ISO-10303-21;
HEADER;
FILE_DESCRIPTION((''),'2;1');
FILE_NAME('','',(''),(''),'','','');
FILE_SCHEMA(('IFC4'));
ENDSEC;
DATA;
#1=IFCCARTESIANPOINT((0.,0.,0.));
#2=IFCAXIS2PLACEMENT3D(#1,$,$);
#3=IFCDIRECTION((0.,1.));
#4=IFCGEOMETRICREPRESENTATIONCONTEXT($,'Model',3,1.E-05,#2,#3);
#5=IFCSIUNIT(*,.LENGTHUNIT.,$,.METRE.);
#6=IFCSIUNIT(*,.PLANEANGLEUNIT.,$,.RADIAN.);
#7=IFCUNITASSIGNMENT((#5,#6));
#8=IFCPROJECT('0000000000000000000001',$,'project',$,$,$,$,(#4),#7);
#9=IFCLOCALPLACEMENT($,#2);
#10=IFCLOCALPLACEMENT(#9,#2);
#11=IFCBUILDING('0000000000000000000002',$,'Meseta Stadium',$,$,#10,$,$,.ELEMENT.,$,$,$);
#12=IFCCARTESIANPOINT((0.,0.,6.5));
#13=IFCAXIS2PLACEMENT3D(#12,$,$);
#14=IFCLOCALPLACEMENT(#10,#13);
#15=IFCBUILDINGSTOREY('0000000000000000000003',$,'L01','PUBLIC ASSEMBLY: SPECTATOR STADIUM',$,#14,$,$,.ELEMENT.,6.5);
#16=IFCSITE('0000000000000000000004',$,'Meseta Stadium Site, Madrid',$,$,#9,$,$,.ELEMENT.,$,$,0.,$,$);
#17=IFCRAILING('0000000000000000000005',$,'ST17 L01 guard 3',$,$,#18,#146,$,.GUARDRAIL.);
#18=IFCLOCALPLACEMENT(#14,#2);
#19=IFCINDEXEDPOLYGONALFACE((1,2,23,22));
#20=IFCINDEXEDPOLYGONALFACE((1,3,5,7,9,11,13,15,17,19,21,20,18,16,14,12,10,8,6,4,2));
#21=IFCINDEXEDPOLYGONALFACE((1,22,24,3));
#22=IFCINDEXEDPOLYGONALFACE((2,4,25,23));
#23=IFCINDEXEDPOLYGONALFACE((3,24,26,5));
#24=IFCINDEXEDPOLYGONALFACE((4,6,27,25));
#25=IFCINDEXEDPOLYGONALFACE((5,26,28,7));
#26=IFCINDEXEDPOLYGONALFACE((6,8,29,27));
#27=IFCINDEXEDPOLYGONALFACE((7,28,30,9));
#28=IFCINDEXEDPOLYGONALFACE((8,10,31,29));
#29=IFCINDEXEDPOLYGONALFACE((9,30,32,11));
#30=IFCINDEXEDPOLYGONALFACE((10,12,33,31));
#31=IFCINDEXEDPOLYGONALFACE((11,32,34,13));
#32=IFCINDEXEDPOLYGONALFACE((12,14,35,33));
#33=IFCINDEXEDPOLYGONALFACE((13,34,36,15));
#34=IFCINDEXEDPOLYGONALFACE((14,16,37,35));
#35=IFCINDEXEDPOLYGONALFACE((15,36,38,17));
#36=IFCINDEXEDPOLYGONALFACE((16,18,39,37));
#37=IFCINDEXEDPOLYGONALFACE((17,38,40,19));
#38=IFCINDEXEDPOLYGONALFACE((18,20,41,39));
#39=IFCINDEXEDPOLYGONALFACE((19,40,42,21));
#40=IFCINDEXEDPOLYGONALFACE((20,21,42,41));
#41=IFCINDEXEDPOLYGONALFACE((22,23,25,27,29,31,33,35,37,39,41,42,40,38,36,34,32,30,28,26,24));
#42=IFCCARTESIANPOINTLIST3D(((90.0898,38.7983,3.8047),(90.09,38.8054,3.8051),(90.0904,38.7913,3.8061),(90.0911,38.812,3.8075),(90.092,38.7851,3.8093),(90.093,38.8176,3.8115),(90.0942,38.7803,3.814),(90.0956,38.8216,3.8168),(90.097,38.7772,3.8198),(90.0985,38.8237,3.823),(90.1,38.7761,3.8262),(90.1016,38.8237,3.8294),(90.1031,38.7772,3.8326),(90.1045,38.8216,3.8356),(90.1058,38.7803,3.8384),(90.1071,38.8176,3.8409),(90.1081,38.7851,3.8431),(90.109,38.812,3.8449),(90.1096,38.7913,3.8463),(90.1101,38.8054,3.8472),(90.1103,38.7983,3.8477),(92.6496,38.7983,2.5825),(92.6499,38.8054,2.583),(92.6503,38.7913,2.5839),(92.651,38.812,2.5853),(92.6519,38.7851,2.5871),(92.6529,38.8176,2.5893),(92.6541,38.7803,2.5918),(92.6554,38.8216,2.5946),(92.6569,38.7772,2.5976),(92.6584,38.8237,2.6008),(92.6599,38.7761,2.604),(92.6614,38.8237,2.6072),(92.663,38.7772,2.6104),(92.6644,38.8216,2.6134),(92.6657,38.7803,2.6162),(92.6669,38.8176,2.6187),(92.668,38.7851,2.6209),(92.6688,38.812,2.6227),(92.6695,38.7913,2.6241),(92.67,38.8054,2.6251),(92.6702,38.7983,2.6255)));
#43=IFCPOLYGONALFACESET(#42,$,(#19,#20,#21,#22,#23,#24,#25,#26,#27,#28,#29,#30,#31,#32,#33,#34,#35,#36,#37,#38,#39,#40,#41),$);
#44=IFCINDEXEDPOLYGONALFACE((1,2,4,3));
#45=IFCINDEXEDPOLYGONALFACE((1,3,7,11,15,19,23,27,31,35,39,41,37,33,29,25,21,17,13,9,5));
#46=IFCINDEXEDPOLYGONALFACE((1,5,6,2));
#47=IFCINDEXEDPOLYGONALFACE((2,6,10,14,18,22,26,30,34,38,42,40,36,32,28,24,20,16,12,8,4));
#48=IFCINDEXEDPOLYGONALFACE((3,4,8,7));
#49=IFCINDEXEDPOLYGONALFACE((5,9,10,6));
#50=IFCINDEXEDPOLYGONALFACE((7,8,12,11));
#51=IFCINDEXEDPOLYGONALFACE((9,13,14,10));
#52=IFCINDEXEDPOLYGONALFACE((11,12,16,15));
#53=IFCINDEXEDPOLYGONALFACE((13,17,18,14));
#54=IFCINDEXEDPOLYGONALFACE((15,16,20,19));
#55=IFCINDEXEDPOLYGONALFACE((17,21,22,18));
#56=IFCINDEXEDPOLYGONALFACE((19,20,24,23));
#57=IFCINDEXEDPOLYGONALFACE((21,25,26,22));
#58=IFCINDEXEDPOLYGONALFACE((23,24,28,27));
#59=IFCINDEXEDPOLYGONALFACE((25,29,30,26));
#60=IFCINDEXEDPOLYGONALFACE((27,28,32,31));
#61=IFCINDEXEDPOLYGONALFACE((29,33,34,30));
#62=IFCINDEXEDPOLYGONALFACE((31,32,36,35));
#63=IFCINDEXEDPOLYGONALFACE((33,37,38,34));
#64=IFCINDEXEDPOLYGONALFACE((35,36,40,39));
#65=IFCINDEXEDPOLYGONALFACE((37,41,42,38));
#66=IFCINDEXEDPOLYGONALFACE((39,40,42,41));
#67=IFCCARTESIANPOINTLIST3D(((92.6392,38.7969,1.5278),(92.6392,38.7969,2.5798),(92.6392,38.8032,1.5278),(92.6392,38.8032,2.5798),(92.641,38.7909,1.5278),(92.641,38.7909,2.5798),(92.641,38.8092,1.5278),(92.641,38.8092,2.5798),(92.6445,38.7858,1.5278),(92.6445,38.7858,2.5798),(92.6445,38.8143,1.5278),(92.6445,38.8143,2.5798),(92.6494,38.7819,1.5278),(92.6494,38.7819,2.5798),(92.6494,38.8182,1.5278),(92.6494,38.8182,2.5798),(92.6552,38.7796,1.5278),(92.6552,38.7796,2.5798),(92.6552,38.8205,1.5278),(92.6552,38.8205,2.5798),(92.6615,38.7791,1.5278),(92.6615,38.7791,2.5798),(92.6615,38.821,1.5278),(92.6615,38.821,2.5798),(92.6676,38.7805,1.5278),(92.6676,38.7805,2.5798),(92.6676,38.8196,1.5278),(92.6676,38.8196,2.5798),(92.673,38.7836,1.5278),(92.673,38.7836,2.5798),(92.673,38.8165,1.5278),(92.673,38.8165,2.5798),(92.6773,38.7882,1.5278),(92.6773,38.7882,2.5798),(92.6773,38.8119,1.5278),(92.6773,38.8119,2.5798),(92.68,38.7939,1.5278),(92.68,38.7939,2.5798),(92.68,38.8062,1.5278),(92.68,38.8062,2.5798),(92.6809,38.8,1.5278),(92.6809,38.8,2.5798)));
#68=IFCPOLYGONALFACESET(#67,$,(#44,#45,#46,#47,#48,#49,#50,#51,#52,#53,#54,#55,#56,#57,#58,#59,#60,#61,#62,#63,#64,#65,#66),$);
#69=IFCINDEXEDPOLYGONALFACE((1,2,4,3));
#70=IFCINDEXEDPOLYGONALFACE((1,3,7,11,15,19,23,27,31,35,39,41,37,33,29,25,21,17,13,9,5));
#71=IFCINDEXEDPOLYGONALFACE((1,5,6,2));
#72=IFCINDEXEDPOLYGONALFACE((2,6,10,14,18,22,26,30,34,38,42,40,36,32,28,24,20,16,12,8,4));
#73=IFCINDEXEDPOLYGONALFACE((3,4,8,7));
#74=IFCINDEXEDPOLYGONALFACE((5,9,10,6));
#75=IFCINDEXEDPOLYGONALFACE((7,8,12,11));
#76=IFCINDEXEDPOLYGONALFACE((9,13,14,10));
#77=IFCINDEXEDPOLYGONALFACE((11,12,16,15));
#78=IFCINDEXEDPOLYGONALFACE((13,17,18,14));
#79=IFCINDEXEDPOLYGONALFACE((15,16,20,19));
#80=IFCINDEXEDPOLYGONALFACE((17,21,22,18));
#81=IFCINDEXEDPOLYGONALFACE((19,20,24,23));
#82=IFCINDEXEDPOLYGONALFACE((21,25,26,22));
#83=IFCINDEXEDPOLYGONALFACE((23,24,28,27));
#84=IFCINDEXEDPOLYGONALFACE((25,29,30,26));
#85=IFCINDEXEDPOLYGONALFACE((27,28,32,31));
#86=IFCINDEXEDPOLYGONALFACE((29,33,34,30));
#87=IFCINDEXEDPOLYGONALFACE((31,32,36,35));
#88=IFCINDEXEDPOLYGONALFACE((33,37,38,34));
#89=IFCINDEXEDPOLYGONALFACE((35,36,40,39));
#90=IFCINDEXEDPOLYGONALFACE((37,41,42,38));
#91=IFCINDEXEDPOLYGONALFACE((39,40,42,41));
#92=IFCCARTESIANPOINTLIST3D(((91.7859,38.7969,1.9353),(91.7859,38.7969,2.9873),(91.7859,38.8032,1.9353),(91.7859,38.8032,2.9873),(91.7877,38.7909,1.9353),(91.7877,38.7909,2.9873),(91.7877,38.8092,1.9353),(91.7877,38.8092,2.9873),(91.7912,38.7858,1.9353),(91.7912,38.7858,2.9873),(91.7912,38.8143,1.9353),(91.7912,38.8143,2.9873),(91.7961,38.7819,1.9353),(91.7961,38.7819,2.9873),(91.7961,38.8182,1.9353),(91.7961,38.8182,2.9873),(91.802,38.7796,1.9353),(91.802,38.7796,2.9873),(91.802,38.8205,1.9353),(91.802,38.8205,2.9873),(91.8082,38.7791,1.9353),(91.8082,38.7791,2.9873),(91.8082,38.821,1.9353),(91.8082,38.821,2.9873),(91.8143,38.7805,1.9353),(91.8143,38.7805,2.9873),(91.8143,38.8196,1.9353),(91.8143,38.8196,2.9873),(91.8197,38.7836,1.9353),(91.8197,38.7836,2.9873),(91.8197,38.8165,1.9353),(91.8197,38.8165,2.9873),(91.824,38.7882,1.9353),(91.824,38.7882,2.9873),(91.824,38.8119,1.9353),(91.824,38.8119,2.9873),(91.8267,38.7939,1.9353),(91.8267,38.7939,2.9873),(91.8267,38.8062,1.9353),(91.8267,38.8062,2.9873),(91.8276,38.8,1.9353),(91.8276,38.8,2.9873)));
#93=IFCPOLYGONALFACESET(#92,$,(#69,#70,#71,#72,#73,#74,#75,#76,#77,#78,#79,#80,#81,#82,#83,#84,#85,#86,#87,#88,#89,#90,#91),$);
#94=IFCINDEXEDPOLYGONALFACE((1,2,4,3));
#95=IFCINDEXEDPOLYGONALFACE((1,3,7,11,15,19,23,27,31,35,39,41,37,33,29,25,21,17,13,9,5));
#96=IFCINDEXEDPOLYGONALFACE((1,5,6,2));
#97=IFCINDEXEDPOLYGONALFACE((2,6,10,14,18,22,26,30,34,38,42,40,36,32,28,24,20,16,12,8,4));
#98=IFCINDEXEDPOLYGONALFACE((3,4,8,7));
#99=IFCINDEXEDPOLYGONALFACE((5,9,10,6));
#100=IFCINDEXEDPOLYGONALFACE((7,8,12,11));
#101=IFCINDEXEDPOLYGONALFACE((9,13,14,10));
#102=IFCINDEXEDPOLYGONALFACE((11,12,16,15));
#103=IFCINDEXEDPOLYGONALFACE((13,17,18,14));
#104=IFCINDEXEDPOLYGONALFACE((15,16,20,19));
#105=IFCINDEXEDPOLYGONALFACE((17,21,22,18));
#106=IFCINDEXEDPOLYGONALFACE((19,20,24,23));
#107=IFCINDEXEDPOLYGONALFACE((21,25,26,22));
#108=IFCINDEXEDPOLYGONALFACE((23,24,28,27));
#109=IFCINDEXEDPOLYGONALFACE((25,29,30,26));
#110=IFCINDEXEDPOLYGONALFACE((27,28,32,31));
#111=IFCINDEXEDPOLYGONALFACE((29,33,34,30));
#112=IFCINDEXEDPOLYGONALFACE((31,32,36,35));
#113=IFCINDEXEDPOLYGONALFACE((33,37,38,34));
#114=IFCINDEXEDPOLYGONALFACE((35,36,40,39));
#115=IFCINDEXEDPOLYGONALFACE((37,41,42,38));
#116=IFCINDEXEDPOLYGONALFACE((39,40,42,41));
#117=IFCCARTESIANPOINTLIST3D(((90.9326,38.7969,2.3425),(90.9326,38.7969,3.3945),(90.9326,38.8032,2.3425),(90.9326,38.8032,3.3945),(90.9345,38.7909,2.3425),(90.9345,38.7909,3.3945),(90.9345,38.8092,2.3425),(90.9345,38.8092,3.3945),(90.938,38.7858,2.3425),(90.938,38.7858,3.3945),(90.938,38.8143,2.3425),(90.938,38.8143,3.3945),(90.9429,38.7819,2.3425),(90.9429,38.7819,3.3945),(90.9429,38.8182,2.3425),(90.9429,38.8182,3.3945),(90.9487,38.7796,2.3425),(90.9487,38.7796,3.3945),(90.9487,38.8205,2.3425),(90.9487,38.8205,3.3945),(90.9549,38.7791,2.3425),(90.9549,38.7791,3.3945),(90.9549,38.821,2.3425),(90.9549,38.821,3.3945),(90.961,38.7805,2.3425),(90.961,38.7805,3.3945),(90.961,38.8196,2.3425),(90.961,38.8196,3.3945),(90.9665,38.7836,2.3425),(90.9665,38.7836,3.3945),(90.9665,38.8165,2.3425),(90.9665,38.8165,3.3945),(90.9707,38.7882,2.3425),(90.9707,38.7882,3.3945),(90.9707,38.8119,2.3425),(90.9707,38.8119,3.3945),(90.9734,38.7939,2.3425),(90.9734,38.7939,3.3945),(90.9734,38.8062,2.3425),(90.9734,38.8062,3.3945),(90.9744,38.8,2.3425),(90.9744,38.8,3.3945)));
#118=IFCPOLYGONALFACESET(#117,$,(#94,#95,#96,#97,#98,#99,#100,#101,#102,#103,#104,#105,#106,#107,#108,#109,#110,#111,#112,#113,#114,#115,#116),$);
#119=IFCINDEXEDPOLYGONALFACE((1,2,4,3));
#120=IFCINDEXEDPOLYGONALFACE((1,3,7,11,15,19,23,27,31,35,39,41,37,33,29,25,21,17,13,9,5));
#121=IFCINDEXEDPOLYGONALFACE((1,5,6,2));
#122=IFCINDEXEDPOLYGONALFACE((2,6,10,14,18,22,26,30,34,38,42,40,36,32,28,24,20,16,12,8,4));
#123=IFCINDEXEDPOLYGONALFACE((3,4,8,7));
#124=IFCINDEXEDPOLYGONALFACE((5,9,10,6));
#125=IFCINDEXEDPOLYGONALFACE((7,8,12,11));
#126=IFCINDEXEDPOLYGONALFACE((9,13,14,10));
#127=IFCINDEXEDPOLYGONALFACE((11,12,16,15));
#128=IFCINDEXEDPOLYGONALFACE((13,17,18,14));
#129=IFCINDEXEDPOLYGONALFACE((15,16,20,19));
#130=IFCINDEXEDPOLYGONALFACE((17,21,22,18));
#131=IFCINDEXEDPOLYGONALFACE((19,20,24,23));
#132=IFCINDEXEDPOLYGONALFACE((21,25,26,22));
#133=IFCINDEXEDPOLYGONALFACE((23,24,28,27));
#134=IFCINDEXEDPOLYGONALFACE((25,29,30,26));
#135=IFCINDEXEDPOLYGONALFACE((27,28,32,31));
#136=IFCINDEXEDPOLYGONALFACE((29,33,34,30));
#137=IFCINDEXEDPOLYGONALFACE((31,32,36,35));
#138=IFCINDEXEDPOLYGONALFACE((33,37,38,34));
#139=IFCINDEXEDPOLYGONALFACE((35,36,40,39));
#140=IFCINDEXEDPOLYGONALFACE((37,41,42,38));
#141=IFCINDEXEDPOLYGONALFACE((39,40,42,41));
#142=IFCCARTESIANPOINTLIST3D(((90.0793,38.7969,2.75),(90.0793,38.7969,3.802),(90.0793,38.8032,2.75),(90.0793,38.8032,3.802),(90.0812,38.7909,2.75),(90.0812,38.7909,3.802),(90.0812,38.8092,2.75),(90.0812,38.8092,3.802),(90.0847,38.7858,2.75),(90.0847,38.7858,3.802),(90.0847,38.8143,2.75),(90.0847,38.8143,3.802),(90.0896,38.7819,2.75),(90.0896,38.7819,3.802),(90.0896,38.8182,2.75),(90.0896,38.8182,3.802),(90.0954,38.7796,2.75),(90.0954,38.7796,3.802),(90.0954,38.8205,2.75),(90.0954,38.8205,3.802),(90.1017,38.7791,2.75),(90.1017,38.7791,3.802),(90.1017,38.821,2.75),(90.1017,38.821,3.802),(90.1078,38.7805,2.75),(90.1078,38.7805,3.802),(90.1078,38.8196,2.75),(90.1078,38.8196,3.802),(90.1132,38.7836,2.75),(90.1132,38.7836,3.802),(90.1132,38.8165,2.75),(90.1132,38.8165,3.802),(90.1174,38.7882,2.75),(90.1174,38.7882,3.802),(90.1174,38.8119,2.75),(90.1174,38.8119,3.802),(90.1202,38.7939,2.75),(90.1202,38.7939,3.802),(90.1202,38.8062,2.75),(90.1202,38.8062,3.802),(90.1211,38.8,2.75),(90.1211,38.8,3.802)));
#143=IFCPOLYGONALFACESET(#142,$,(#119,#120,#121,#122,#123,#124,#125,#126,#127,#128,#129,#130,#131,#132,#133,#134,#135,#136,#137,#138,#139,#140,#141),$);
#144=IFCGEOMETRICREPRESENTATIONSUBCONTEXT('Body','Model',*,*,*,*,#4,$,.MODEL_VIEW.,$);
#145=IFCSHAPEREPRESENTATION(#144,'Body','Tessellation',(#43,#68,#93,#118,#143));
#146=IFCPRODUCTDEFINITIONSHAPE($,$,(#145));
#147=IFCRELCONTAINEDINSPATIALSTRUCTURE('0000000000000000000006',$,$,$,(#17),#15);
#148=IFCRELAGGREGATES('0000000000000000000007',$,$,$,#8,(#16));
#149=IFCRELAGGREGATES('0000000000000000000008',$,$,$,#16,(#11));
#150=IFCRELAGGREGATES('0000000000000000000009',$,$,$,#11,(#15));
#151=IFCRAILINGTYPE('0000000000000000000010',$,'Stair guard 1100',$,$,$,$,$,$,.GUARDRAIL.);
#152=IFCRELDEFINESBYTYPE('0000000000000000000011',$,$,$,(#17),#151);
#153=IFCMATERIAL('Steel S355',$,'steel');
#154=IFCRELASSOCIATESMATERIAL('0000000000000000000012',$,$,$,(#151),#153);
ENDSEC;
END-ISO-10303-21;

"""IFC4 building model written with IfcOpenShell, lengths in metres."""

from ifc_helpers import new_model, si_unit, direction, frame, origin, origin_2d, place, context, subcontext, project, spatial, circle, extrude, material, type_object, element, save


model = new_model("IFC4")

# Units and contexts
model_context = context("Model", 3, precision=1e-05, world=origin(), true_north=direction((0.0, 1.0)))
body_context = subcontext(model_context, "Body", "Model", "MODEL_VIEW")
ifc_project = project(units=[si_unit("LENGTHUNIT", "METRE"), si_unit("PLANEANGLEUNIT", "RADIAN")], contexts=[model_context])

# Site, building, storey
site_placement = place(None, origin())
site = spatial("IfcSite", under=ifc_project, at=site_placement, Name="Meseta Stadium Site, Madrid", CompositionType="ELEMENT", RefElevation=0.0)
building_placement = place(site_placement, origin())
building = spatial("IfcBuilding", under=site, at=building_placement, Name="Meseta Stadium", CompositionType="ELEMENT")
storey_placement = place(building_placement, frame((0.0, 0.0, 6.5)))
storey = spatial("IfcBuildingStorey", under=building, at=storey_placement, Name="L01", Description="PUBLIC ASSEMBLY: SPECTATOR STADIUM", CompositionType="ELEMENT", Elevation=6.5)

# Railing
ifc_material_1 = material(Name="Steel S355", Category="steel")
railing_type_1 = type_object("IfcRailingType", Name="Stair guard 1100", PredefinedType="GUARDRAIL", material=ifc_material_1)
railing_1_placement = place(storey_placement, frame((92.6599, 38.8, 1.5278)))
element("IfcRailing", 1, at=railing_1_placement, inside=storey, type_object=railing_type_1, Name="ST17 L01 guard 3", PredefinedType="GUARDRAIL", context=body_context, shape_type="SweptSolid", body=[
    extrude(circle(Radius=0.0239, at=origin_2d()), frame((0.0, 0.0, 1.0762), z_axis=(-0.902421, 0.0, 0.430855), x_axis=(0.0, -1.0, 0.0)), (0.0, 0.0, 1.0), 2.8367),
    extrude(circle(Radius=0.021, at=origin_2d()), origin(), (0.0, 0.0, 1.0), 1.052),
    extrude(circle(Radius=0.021, at=origin_2d()), frame((-0.8533, 0.0, 0.4075)), (0.0, 0.0, 1.0), 1.052),
    extrude(circle(Radius=0.021, at=origin_2d()), frame((-1.7065, 0.0, 0.8147)), (0.0, 0.0, 1.0), 1.052),
    extrude(circle(Radius=0.021, at=origin_2d()), frame((-2.5598, 0.0, 1.2222)), (0.0, 0.0, 1.0), 1.052),
])

save(model, "model.ifc")
